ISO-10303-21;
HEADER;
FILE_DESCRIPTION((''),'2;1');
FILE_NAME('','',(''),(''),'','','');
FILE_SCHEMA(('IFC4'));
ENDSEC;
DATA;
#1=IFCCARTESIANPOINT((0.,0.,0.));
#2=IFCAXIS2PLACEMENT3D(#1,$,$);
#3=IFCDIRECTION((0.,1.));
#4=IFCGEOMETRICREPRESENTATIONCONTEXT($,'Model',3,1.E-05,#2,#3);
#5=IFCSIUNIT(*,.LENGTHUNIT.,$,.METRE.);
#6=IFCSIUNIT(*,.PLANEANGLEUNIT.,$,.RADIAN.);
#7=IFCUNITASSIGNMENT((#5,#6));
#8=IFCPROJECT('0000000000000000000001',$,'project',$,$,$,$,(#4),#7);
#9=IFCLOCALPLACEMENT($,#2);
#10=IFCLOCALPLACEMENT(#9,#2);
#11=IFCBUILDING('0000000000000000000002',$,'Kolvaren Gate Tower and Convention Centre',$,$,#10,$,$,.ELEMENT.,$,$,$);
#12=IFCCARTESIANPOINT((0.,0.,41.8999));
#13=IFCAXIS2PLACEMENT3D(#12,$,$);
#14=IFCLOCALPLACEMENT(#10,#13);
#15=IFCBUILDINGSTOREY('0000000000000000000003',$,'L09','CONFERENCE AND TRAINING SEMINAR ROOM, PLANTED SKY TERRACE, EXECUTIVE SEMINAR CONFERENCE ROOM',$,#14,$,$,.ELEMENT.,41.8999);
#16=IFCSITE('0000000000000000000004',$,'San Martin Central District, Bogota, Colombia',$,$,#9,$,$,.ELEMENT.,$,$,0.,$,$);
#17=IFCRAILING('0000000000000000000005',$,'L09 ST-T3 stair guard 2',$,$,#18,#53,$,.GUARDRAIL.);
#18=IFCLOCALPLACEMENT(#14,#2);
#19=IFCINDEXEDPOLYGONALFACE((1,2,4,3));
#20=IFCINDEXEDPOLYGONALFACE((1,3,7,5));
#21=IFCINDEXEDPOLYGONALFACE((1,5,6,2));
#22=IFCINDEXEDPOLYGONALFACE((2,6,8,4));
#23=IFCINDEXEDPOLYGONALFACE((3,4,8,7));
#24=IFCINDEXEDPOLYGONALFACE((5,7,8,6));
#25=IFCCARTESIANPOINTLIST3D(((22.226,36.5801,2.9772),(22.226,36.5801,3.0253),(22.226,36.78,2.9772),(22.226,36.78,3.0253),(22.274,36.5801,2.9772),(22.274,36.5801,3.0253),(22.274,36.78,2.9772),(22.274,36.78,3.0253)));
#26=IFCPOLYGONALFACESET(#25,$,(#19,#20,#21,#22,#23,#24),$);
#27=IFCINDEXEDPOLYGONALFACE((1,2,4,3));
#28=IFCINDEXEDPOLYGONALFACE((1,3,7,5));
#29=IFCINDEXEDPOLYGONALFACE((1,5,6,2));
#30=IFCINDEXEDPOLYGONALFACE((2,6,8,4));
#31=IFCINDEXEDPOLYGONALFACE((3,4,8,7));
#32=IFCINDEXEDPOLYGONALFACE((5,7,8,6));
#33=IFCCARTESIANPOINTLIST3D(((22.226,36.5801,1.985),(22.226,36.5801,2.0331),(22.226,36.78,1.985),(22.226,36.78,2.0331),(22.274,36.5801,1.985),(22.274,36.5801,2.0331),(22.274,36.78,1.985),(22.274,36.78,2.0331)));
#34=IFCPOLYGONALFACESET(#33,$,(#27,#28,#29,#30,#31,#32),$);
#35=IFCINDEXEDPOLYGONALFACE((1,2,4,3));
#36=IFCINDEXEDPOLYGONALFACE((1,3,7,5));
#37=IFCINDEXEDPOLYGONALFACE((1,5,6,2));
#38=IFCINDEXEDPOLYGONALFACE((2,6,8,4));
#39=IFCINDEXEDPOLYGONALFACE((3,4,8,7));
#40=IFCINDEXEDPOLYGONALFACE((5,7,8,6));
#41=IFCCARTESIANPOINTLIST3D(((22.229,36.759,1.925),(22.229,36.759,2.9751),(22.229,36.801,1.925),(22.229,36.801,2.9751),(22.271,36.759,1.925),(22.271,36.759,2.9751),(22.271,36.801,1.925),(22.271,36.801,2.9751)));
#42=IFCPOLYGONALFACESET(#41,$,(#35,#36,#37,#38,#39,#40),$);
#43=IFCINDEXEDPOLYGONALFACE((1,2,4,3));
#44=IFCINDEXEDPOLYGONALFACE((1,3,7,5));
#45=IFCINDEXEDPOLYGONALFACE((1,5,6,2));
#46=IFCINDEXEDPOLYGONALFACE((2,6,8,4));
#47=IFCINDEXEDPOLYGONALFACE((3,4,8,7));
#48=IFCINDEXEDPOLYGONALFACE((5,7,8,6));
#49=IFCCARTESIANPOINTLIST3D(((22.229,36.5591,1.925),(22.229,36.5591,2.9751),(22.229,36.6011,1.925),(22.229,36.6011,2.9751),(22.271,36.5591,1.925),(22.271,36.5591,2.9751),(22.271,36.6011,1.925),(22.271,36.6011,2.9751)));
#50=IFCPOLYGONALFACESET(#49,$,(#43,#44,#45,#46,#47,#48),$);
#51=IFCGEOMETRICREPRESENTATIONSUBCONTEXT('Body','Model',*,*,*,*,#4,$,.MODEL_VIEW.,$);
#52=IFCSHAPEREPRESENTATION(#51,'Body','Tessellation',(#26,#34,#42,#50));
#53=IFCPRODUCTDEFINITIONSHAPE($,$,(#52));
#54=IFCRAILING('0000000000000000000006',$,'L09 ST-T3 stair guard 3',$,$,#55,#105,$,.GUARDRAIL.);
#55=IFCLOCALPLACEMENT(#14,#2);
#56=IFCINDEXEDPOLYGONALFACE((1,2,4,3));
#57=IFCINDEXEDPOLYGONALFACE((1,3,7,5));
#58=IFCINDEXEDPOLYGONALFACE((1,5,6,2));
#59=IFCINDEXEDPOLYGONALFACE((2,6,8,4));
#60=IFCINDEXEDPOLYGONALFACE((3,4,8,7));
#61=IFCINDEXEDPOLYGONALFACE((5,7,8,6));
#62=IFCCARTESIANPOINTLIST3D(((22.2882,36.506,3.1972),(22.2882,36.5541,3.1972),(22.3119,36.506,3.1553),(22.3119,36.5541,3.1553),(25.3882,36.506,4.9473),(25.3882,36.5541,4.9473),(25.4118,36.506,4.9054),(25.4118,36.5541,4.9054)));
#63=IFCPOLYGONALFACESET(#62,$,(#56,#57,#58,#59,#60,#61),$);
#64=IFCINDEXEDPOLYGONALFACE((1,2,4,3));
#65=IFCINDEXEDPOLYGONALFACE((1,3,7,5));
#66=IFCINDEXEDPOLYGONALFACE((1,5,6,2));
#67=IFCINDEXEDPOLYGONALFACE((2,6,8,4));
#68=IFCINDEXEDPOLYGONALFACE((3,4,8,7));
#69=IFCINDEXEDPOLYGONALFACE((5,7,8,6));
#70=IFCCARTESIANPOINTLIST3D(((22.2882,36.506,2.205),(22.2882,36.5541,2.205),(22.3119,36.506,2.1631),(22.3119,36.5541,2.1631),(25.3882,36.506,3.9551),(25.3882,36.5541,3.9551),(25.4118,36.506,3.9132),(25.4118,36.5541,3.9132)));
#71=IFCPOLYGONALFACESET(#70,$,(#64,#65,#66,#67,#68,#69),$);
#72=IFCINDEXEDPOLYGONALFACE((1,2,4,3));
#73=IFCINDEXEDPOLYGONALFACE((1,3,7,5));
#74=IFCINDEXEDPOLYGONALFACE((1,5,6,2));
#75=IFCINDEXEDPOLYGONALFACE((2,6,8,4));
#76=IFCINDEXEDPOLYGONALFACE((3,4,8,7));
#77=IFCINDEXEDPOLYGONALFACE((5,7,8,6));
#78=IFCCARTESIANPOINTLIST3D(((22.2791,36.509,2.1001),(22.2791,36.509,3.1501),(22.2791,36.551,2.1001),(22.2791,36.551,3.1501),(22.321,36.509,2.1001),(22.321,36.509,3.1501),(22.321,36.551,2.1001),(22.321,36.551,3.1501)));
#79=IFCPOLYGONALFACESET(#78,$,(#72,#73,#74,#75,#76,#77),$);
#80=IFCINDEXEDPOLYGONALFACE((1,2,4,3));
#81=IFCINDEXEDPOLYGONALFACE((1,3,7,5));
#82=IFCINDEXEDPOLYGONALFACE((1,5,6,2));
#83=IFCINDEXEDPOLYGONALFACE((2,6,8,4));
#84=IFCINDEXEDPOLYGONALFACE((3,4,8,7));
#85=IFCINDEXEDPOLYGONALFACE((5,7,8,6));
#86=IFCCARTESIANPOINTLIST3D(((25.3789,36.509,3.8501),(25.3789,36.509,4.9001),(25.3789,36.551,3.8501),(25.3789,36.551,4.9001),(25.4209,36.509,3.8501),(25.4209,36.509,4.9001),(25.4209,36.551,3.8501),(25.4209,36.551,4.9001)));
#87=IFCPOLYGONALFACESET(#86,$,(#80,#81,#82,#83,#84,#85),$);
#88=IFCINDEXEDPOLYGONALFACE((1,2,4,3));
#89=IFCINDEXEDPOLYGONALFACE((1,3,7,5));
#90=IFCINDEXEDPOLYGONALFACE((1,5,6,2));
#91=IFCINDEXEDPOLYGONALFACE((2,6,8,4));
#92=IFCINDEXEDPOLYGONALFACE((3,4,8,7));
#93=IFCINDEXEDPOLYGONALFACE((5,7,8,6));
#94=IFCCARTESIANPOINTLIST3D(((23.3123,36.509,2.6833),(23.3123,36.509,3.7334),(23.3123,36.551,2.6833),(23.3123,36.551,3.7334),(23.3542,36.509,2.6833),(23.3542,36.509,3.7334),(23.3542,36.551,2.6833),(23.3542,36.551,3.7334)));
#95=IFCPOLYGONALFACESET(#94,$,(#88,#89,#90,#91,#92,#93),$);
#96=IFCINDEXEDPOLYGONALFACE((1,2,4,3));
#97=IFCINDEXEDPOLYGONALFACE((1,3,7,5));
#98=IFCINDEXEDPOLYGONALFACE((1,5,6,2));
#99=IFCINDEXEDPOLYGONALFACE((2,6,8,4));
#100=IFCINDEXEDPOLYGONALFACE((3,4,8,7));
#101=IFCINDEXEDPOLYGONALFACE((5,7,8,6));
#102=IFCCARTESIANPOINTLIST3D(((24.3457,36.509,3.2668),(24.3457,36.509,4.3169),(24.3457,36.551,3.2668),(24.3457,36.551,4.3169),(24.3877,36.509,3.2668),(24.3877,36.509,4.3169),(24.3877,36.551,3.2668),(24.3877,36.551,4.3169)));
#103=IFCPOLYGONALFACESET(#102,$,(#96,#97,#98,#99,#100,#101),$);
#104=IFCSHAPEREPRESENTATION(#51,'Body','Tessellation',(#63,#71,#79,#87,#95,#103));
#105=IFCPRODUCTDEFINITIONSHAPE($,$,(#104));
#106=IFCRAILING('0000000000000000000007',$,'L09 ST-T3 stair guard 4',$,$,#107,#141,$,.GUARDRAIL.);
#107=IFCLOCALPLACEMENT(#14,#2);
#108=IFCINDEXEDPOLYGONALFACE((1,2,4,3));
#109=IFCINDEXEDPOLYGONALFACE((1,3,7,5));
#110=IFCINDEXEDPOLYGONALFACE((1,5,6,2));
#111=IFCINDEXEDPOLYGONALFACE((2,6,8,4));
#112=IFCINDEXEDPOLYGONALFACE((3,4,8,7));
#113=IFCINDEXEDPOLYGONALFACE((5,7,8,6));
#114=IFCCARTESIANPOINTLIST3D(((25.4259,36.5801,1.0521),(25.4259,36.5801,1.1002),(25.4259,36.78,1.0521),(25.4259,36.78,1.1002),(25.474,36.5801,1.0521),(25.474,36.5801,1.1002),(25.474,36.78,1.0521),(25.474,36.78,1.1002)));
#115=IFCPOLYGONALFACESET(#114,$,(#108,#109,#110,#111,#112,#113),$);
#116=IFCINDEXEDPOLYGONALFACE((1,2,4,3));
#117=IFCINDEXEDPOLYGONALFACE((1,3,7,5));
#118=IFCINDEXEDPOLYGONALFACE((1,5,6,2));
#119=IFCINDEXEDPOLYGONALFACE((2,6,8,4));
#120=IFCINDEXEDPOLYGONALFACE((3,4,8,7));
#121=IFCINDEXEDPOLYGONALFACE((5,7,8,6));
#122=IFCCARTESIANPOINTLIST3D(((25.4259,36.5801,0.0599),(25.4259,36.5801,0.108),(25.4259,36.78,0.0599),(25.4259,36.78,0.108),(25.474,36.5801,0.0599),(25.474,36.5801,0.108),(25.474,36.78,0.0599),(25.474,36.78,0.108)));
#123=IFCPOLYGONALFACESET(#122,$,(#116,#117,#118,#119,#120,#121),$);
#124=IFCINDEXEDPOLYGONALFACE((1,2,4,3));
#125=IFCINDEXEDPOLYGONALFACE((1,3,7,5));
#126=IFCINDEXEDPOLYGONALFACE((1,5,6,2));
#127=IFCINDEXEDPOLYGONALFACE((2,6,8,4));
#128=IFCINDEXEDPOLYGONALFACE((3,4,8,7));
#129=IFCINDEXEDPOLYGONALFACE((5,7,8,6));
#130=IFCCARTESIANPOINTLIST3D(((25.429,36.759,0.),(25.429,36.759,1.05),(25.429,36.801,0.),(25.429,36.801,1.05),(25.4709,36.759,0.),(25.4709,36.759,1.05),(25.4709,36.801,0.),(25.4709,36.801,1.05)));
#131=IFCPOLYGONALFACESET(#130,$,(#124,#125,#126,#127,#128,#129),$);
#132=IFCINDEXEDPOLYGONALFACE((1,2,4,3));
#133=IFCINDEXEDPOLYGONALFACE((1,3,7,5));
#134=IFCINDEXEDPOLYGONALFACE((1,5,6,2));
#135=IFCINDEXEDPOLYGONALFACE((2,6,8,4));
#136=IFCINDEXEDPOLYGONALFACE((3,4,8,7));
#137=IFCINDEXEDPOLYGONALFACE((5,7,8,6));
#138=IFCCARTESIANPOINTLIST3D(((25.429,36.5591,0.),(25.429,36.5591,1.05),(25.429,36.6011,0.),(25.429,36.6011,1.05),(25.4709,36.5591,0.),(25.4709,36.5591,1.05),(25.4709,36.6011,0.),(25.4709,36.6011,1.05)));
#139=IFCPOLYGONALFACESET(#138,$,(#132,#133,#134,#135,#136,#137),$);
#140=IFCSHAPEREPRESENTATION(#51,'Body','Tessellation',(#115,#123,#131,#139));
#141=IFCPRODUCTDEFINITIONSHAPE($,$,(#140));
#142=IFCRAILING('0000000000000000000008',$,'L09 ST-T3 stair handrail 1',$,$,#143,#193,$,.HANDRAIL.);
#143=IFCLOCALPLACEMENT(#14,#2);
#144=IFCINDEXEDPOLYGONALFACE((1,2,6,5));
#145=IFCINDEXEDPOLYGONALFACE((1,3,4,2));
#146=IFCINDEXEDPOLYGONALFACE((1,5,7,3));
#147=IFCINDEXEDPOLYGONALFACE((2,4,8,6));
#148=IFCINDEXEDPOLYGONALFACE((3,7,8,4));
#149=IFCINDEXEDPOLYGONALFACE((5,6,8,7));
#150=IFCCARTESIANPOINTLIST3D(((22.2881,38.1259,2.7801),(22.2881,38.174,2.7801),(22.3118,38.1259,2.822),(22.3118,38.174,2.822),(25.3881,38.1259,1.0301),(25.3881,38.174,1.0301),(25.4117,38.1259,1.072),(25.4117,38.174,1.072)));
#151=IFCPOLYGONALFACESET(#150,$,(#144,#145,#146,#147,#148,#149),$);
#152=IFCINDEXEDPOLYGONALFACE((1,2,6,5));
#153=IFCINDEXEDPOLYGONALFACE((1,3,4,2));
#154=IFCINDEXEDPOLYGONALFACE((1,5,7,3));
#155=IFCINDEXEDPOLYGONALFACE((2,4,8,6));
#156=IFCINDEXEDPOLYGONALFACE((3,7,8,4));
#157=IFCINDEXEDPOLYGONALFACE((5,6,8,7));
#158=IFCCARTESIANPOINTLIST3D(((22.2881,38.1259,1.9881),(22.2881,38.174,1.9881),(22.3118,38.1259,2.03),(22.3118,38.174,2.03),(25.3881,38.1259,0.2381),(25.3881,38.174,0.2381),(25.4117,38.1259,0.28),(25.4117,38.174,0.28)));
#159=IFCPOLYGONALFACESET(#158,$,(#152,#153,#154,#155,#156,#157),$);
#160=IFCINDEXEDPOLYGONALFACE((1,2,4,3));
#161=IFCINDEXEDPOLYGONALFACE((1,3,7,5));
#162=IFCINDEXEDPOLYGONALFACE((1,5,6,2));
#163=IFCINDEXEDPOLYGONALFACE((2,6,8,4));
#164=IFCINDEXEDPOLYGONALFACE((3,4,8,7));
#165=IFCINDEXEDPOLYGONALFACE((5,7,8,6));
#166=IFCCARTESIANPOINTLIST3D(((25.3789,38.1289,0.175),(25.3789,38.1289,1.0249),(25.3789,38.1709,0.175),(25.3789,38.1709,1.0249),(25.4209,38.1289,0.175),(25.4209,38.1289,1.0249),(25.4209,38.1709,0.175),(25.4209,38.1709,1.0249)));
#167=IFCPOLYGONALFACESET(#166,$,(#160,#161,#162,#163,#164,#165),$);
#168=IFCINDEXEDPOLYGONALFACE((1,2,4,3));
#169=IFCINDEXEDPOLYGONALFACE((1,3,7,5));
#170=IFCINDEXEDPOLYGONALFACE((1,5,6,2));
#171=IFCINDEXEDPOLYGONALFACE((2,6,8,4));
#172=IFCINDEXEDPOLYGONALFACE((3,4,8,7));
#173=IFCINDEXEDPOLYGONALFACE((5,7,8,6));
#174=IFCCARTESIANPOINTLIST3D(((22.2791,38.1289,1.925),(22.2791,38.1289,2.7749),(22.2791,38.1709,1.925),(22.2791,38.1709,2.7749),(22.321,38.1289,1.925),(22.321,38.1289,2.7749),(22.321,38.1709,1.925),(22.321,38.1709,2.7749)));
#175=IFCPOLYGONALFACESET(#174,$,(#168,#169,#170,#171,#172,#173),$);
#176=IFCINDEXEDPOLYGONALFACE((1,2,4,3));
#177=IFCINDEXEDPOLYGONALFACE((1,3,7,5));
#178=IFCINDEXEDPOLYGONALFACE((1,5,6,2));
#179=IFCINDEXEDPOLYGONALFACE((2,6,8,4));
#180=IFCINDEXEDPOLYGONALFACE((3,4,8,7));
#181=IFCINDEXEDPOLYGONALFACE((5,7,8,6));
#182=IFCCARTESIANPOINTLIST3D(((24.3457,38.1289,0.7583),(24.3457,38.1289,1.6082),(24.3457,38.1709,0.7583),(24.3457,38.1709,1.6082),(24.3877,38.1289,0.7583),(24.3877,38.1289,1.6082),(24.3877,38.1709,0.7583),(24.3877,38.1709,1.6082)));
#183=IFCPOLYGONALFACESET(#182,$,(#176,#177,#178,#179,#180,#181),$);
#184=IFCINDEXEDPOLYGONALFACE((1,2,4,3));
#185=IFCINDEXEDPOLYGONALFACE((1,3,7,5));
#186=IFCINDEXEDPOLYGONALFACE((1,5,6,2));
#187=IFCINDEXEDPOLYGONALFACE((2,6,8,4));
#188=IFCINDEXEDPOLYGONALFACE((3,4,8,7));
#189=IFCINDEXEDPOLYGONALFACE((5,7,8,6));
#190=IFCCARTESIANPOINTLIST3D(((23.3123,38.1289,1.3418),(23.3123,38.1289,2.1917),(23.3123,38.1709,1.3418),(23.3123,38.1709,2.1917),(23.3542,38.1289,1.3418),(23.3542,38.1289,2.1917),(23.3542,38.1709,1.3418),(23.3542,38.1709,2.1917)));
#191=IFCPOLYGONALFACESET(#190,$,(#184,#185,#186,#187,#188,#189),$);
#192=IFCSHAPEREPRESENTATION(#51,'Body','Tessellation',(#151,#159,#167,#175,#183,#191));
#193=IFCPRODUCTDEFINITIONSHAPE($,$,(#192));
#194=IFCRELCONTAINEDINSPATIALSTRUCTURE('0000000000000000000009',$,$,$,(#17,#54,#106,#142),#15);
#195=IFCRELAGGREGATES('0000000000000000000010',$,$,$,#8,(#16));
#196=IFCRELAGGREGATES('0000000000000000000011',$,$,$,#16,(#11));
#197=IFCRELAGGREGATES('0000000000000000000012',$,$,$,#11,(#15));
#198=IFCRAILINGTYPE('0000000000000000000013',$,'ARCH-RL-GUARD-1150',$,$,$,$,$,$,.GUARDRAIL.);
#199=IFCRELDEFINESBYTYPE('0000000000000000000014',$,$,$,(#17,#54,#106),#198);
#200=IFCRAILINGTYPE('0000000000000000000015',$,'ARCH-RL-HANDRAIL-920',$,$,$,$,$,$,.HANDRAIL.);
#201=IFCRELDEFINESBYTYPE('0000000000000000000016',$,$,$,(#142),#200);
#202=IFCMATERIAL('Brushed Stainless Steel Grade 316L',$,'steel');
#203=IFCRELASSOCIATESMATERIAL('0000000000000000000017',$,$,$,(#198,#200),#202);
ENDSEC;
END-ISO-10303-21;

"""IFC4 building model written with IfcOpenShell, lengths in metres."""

from ifc_helpers import new_model, si_unit, direction, frame, origin, origin_2d, place, context, subcontext, project, spatial, rectangle, extrude, material, type_object, element, save


model = new_model("IFC4")

# Units and contexts
model_context = context("Model", 3, precision=1e-05, world=origin(), true_north=direction((0.0, 1.0)))
body_context = subcontext(model_context, "Body", "Model", "MODEL_VIEW")
ifc_project = project(units=[si_unit("LENGTHUNIT", "METRE"), si_unit("PLANEANGLEUNIT", "RADIAN")], contexts=[model_context])

# Site, building, storey
site_placement = place(None, origin())
site = spatial("IfcSite", under=ifc_project, at=site_placement, Name="San Martin Central District, Bogota, Colombia", CompositionType="ELEMENT", RefElevation=0.0)
building_placement = place(site_placement, origin())
building = spatial("IfcBuilding", under=site, at=building_placement, Name="Kolvaren Gate Tower and Convention Centre", CompositionType="ELEMENT")
storey_placement = place(building_placement, frame((0.0, 0.0, 41.8999)))
storey = spatial("IfcBuildingStorey", under=building, at=storey_placement, Name="L09", Description="CONFERENCE AND TRAINING SEMINAR ROOM, PLANTED SKY TERRACE, EXECUTIVE SEMINAR CONFERENCE ROOM", CompositionType="ELEMENT", Elevation=41.8999)

# Railings
ifc_material_1 = material(Name="Brushed Stainless Steel Grade 316L", Category="steel")
railing_type_1 = type_object("IfcRailingType", Name="ARCH-RL-GUARD-1150", PredefinedType="GUARDRAIL", material=ifc_material_1)
railing_1_placement = place(storey_placement, frame((22.25, 36.78, 1.925)))
element("IfcRailing", 1, at=railing_1_placement, inside=storey, type_object=railing_type_1, Name="L09 ST-T3 stair guard 2", PredefinedType="GUARDRAIL", context=body_context, shape_type="SweptSolid", body=[
    extrude(rectangle(XDim=0.0481, YDim=0.0481, at=origin_2d()), frame((0.0, 0.0, 1.0762), z_axis=(0.0, -1.0, 0.0), x_axis=(1.0, 0.0, 0.0)), (0.0, 0.0, 1.0), 0.2),
    extrude(rectangle(XDim=0.0481, YDim=0.0481, at=origin_2d()), frame((0.0, 0.0, 0.084), z_axis=(0.0, -1.0, 0.0), x_axis=(1.0, 0.0, 0.0)), (0.0, 0.0, 1.0), 0.2),
    extrude(rectangle(XDim=0.042, YDim=0.042, at=origin_2d()), origin(), (0.0, 0.0, 1.0), 1.05),
    extrude(rectangle(XDim=0.042, YDim=0.042, at=origin_2d()), frame((0.0, -0.2, 0.0)), (0.0, 0.0, 1.0), 1.05),
])
railing_2_placement = place(storey_placement, frame((22.3, 36.53, 2.1001)))
element("IfcRailing", 2, at=railing_2_placement, inside=storey, type_object=railing_type_1, Name="L09 ST-T3 stair guard 3", PredefinedType="GUARDRAIL", context=body_context, shape_type="SweptSolid", body=[
    extrude(rectangle(XDim=0.0481, YDim=0.0481, at=origin_2d()), frame((0.0, 0.0, 1.0762), z_axis=(0.870814, 0.0, 0.491612), x_axis=(0.0, 1.0, 0.0)), (0.0, 0.0, 1.0), 3.5598),
    extrude(rectangle(XDim=0.0481, YDim=0.0481, at=origin_2d()), frame((0.0, 0.0, 0.084), z_axis=(0.870814, 0.0, 0.491612), x_axis=(0.0, 1.0, 0.0)), (0.0, 0.0, 1.0), 3.5598),
    extrude(rectangle(XDim=0.042, YDim=0.042, at=origin_2d()), origin(), (0.0, 0.0, 1.0), 1.05),
    extrude(rectangle(XDim=0.042, YDim=0.042, at=origin_2d()), frame((3.0999, 0.0, 1.75)), (0.0, 0.0, 1.0), 1.05),
    extrude(rectangle(XDim=0.042, YDim=0.042, at=origin_2d()), frame((1.0332, 0.0, 0.5833)), (0.0, 0.0, 1.0), 1.05),
    extrude(rectangle(XDim=0.042, YDim=0.042, at=origin_2d()), frame((2.0667, 0.0, 1.1667)), (0.0, 0.0, 1.0), 1.05),
])
railing_3_placement = place(storey_placement, frame((25.45, 36.78, 0.0)))
element("IfcRailing", 3, at=railing_3_placement, inside=storey, type_object=railing_type_1, Name="L09 ST-T3 stair guard 4", PredefinedType="GUARDRAIL", context=body_context, shape_type="SweptSolid", body=[
    extrude(rectangle(XDim=0.0481, YDim=0.0481, at=origin_2d()), frame((0.0, 0.0, 1.0762), z_axis=(0.0, -1.0, 0.0), x_axis=(1.0, 0.0, 0.0)), (0.0, 0.0, 1.0), 0.2),
    extrude(rectangle(XDim=0.0481, YDim=0.0481, at=origin_2d()), frame((0.0, 0.0, 0.084), z_axis=(0.0, -1.0, 0.0), x_axis=(1.0, 0.0, 0.0)), (0.0, 0.0, 1.0), 0.2),
    extrude(rectangle(XDim=0.042, YDim=0.042, at=origin_2d()), origin(), (0.0, 0.0, 1.0), 1.05),
    extrude(rectangle(XDim=0.042, YDim=0.042, at=origin_2d()), frame((0.0, -0.2, 0.0)), (0.0, 0.0, 1.0), 1.05),
])
railing_type_2 = type_object("IfcRailingType", Name="ARCH-RL-HANDRAIL-920", PredefinedType="HANDRAIL", material=ifc_material_1)
railing_4_placement = place(storey_placement, frame((25.3999, 38.1499, 0.175)))
element("IfcRailing", 4, at=railing_4_placement, inside=storey, type_object=railing_type_2, Name="L09 ST-T3 stair handrail 1", PredefinedType="HANDRAIL", context=body_context, shape_type="SweptSolid", body=[
    extrude(rectangle(XDim=0.0481, YDim=0.0481, at=origin_2d()), frame((0.0, 0.0, 0.876), z_axis=(-0.870814, 0.0, 0.491612), x_axis=(0.0, -1.0, 0.0)), (0.0, 0.0, 1.0), 3.5598),
    extrude(rectangle(XDim=0.0481, YDim=0.0481, at=origin_2d()), frame((0.0, 0.0, 0.084), z_axis=(-0.870814, 0.0, 0.491612), x_axis=(0.0, -1.0, 0.0)), (0.0, 0.0, 1.0), 3.5598),
    extrude(rectangle(XDim=0.042, YDim=0.042, at=origin_2d()), origin(), (0.0, 0.0, 1.0), 0.8499),
    extrude(rectangle(XDim=0.042, YDim=0.042, at=origin_2d()), frame((-3.0999, 0.0, 1.75)), (0.0, 0.0, 1.0), 0.8499),
    extrude(rectangle(XDim=0.042, YDim=0.042, at=origin_2d()), frame((-1.0332, 0.0, 0.5833)), (0.0, 0.0, 1.0), 0.8499),
    extrude(rectangle(XDim=0.042, YDim=0.042, at=origin_2d()), frame((-2.0667, 0.0, 1.1667)), (0.0, 0.0, 1.0), 0.8499),
])

save(model, "model.ifc")
